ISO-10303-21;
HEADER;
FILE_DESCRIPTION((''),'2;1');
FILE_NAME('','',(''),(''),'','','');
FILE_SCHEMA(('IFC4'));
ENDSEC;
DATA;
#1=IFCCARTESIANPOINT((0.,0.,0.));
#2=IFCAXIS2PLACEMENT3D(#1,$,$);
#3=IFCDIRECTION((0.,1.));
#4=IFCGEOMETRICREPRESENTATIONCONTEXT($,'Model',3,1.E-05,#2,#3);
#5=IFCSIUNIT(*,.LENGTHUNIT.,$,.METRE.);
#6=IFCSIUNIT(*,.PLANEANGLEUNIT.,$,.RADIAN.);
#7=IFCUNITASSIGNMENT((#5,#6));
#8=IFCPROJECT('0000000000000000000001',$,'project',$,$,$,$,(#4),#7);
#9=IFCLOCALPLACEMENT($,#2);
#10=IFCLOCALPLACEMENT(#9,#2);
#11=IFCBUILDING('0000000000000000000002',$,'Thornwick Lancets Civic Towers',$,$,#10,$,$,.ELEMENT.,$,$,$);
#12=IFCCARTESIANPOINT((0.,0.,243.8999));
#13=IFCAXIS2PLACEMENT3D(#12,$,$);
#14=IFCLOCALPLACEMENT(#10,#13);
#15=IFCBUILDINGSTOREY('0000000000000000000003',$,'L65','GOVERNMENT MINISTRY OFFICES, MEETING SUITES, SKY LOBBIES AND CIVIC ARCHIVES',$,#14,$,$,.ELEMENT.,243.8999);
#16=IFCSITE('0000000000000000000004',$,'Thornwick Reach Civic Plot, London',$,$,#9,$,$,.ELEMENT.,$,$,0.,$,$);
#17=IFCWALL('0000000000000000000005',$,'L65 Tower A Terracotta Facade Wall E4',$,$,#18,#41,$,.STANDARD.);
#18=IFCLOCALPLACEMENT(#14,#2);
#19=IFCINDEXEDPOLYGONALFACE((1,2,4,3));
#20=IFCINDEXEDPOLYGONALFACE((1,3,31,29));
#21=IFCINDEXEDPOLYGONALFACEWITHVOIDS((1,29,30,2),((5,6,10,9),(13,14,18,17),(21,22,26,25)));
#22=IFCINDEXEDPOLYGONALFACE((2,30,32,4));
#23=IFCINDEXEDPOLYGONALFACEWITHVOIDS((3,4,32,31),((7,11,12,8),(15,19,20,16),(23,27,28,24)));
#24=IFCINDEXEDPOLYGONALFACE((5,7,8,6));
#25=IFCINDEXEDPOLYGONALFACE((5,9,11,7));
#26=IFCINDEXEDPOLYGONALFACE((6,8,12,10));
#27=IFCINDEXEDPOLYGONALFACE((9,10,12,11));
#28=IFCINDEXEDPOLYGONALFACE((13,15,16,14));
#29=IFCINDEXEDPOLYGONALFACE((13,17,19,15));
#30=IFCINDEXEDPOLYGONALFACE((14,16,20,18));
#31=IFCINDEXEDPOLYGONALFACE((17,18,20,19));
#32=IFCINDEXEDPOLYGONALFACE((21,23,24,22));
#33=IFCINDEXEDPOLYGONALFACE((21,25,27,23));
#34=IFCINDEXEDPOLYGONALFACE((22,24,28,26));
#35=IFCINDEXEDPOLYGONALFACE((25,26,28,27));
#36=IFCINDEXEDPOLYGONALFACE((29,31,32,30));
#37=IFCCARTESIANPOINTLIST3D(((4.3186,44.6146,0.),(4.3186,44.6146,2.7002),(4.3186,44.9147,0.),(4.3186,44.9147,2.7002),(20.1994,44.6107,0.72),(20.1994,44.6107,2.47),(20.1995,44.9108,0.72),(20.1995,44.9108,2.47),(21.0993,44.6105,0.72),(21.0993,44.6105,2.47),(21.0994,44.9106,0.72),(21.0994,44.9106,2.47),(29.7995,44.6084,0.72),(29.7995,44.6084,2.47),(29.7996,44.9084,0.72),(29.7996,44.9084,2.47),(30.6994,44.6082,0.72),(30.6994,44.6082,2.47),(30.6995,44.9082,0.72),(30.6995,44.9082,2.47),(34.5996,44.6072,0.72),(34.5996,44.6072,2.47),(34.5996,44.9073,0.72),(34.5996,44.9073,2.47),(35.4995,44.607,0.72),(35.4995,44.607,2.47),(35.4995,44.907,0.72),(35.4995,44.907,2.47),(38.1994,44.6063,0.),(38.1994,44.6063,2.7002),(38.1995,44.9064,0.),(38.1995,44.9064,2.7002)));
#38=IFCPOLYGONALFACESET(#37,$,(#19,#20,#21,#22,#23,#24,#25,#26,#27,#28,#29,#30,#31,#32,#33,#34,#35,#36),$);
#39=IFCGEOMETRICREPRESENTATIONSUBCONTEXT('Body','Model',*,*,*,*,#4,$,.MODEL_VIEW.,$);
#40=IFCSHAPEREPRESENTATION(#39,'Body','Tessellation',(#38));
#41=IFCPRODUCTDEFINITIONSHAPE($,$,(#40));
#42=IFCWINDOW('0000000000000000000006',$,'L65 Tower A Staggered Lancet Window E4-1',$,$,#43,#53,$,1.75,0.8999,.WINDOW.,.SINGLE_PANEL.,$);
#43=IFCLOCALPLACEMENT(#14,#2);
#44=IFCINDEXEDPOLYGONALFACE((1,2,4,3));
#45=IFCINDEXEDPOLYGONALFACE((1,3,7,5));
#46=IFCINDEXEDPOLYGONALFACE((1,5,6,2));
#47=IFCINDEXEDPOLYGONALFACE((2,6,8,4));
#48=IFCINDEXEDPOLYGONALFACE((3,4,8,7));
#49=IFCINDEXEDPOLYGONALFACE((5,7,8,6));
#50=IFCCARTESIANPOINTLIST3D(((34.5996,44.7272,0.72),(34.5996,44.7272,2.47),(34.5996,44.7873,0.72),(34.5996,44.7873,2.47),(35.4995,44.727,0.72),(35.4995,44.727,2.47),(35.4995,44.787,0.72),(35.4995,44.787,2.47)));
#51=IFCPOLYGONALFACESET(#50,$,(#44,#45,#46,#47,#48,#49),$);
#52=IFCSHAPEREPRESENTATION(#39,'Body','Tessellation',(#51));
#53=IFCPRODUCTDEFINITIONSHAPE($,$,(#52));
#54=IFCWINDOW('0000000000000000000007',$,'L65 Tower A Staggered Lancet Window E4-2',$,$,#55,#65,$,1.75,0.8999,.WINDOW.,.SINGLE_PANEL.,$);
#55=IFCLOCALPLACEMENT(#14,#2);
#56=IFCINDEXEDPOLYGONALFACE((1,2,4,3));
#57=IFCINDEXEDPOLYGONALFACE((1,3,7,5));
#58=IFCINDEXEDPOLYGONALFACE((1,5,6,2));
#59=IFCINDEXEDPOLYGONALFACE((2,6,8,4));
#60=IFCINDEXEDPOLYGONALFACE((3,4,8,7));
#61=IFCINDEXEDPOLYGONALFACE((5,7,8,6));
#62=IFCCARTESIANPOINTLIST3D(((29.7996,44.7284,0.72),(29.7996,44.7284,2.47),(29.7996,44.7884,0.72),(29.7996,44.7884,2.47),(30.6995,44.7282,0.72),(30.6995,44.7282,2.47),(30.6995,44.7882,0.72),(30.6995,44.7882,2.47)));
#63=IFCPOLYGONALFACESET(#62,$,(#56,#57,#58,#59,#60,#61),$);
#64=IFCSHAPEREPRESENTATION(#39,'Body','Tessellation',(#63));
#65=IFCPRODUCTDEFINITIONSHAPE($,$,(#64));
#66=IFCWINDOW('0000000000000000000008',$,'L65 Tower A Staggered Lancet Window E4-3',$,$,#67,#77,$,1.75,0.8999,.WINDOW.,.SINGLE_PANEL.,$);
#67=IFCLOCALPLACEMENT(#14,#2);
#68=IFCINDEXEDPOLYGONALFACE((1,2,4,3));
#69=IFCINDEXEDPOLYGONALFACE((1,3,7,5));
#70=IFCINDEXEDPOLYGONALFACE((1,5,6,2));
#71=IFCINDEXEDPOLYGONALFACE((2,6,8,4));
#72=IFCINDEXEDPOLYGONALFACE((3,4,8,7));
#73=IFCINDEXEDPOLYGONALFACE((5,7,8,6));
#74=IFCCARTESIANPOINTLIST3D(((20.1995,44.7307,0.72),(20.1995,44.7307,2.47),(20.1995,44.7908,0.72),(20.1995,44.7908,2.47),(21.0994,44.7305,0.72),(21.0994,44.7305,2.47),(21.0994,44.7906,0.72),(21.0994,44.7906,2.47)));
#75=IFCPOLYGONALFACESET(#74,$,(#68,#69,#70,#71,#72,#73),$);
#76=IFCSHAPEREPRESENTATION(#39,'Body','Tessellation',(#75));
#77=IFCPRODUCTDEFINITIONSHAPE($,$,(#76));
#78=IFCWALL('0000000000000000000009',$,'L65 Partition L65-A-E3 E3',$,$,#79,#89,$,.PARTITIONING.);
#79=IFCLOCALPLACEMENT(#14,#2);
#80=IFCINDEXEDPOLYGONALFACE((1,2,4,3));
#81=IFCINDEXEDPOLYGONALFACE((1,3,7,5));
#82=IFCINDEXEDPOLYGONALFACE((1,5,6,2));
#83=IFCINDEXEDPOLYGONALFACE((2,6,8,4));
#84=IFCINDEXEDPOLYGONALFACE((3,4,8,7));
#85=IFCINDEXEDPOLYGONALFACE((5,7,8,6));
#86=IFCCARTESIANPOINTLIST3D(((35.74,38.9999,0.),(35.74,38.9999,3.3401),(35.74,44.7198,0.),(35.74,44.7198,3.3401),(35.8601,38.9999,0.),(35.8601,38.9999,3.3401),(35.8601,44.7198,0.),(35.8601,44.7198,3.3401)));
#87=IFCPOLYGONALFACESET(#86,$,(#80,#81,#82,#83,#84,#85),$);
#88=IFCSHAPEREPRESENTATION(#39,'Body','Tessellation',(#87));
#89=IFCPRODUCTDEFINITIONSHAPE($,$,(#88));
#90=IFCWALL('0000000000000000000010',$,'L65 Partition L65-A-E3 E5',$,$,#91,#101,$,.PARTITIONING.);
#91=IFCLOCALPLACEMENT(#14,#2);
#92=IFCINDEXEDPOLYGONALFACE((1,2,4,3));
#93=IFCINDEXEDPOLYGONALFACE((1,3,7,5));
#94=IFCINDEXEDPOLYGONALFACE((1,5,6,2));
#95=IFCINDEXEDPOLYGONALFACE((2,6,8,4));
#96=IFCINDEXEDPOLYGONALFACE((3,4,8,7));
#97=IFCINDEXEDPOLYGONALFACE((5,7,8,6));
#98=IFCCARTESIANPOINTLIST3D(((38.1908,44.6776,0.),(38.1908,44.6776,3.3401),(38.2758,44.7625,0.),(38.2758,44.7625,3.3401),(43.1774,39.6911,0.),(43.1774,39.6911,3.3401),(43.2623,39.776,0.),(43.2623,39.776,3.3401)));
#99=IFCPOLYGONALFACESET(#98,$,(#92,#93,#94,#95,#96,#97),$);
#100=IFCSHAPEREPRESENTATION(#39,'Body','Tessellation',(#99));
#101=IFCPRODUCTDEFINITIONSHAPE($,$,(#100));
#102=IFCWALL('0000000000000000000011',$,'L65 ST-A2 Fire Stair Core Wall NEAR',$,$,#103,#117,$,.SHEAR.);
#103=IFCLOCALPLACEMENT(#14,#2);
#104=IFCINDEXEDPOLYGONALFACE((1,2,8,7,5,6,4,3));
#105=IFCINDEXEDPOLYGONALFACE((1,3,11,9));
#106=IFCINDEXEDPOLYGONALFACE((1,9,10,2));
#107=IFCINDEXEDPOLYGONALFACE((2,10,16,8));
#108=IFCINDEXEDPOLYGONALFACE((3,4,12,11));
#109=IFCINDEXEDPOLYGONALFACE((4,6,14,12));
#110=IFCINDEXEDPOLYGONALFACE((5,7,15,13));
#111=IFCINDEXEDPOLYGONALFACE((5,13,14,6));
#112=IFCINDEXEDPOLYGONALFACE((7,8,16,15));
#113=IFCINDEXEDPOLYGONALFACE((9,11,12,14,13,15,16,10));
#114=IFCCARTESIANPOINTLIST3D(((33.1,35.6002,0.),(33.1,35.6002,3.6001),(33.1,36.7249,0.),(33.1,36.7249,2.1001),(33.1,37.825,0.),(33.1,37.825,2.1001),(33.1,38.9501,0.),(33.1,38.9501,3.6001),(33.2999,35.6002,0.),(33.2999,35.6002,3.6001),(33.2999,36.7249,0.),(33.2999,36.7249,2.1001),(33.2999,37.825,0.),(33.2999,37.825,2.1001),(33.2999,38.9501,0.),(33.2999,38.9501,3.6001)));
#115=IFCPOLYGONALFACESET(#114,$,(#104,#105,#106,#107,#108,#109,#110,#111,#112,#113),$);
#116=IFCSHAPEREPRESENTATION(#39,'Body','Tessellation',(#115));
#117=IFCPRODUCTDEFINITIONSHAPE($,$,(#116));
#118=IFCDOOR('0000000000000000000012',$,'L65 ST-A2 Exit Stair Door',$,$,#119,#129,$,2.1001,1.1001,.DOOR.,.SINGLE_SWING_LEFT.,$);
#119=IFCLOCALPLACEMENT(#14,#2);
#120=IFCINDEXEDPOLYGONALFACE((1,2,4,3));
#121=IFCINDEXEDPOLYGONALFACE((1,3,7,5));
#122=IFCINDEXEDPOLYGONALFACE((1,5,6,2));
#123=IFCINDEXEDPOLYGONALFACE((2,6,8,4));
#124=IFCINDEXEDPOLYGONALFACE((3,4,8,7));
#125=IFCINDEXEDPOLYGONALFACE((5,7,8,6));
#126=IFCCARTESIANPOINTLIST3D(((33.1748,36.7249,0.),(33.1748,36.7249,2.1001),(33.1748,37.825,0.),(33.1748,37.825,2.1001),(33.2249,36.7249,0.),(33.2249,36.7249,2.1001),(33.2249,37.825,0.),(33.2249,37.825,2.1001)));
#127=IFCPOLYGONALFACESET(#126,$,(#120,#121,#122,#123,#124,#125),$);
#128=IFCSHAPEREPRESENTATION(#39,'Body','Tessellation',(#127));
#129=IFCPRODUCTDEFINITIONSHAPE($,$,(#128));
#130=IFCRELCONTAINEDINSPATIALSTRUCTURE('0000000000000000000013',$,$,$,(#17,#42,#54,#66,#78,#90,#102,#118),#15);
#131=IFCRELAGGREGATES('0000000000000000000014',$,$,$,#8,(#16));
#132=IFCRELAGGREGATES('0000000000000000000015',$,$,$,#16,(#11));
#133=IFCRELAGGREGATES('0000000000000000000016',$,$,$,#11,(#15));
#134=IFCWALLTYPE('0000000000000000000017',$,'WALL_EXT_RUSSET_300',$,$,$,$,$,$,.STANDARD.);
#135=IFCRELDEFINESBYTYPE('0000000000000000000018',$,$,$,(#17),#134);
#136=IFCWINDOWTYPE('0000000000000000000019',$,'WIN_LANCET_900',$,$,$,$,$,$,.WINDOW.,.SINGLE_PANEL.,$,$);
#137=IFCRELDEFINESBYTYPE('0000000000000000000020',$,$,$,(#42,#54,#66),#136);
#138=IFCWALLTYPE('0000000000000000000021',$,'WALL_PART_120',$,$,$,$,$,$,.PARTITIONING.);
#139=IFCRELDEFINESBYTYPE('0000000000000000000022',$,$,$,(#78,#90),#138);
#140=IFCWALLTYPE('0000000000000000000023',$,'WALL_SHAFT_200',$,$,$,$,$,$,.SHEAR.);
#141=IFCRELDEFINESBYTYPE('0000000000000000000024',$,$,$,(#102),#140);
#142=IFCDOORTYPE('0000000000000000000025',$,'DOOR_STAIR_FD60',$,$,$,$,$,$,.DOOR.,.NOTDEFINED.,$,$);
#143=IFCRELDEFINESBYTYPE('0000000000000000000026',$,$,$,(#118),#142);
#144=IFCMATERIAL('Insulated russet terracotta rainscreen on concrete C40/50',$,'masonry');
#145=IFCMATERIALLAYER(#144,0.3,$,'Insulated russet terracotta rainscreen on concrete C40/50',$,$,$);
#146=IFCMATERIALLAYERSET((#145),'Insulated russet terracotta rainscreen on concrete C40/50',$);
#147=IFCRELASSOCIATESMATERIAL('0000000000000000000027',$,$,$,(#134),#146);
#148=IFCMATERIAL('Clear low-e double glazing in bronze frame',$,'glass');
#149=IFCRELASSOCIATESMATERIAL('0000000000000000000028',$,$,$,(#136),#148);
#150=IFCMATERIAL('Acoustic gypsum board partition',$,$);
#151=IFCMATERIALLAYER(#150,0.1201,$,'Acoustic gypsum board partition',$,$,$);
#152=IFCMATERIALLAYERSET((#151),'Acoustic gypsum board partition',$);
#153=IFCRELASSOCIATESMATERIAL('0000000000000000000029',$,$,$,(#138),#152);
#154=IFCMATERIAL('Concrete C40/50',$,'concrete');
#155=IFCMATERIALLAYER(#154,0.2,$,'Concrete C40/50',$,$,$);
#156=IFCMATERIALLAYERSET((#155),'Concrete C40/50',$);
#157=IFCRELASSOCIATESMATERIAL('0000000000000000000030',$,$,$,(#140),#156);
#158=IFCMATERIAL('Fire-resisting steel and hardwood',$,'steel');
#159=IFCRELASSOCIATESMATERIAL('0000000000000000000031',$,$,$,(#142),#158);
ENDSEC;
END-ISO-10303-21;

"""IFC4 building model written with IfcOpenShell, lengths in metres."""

from ifc_helpers import new_model, si_unit, direction, frame, frame_2d, origin, place, context, subcontext, project, spatial, rectangle, extrude, material, layer, layer_set, type_object, element, fill, save


model = new_model("IFC4")

# Units and contexts
model_context = context("Model", 3, precision=1e-05, world=origin(), true_north=direction((0.0, 1.0)))
body_context = subcontext(model_context, "Body", "Model", "MODEL_VIEW")
ifc_project = project(units=[si_unit("LENGTHUNIT", "METRE"), si_unit("PLANEANGLEUNIT", "RADIAN")], contexts=[model_context])

# Site, building, storey
site_placement = place(None, origin())
site = spatial("IfcSite", under=ifc_project, at=site_placement, Name="Thornwick Reach Civic Plot, London", CompositionType="ELEMENT", RefElevation=0.0)
building_placement = place(site_placement, origin())
building = spatial("IfcBuilding", under=site, at=building_placement, Name="Thornwick Lancets Civic Towers", CompositionType="ELEMENT")
storey_placement = place(building_placement, frame((0.0, 0.0, 243.8999)))
storey = spatial("IfcBuildingStorey", under=building, at=storey_placement, Name="L65", Description="GOVERNMENT MINISTRY OFFICES, MEETING SUITES, SKY LOBBIES AND CIVIC ARCHIVES", CompositionType="ELEMENT", Elevation=243.8999)

# Wall, openings, windows
ifc_material_1 = material(Name="Insulated russet terracotta rainscreen on concrete C40/50", Category="masonry")
ifc_layer_1 = layer(ifc_material_1, 0.3, Name="Insulated russet terracotta rainscreen on concrete C40/50")
ifc_layer_set_1 = layer_set([ifc_layer_1], Name="Insulated russet terracotta rainscreen on concrete C40/50")
wall_type_1 = type_object("IfcWallType", Name="WALL_EXT_RUSSET_300", PredefinedType="STANDARD", material=ifc_layer_set_1)
wall_1_placement = place(storey_placement, frame((38.1995, 44.7563, 0.0), z_axis=(0.0, 0.0, 1.0), x_axis=(-1.0, 0.000245, 0.0)))
wall_1 = element("IfcWall", 1, at=wall_1_placement, inside=storey, type_object=wall_type_1, Name="L65 Tower A Terracotta Facade Wall E4", PredefinedType="STANDARD", context=body_context, shape_type="SweptSolid", body=[
    extrude(rectangle(XDim=33.8809, YDim=0.3, at=frame_2d((16.9404, 0.0))), origin(), (0.0, 0.0, 1.0), 2.7002),
])
opening_1_placement = place(wall_1_placement, frame((2.7, 0.0, 0.72)))
opening_1 = element("IfcOpeningElement", 2, at=opening_1_placement, cuts=wall_1, PredefinedType="OPENING", context=body_context, shape_type="SweptSolid", body=[
    extrude(rectangle(XDim=0.8999, YDim=1.75, at=frame_2d((0.45, 0.875))), frame((0.0, 0.1602, 0.0), z_axis=(0.0, -1.0, 0.0), x_axis=(1.0, 0.0, 0.0)), (0.0, 0.0, 1.0), 0.3201),
])
opening_2_placement = place(wall_1_placement, frame((7.5, 0.0, 0.72)))
opening_2 = element("IfcOpeningElement", 3, at=opening_2_placement, cuts=wall_1, PredefinedType="OPENING", context=body_context, shape_type="SweptSolid", body=[
    extrude(rectangle(XDim=0.8999, YDim=1.75, at=frame_2d((0.45, 0.875))), frame((0.0, 0.1602, 0.0), z_axis=(0.0, -1.0, 0.0), x_axis=(1.0, 0.0, 0.0)), (0.0, 0.0, 1.0), 0.3201),
])
opening_3_placement = place(wall_1_placement, frame((17.1001, 0.0, 0.72)))
opening_3 = element("IfcOpeningElement", 4, at=opening_3_placement, cuts=wall_1, PredefinedType="OPENING", context=body_context, shape_type="SweptSolid", body=[
    extrude(rectangle(XDim=0.8999, YDim=1.75, at=frame_2d((0.45, 0.875))), frame((0.0, 0.1602, 0.0), z_axis=(0.0, -1.0, 0.0), x_axis=(1.0, 0.0, 0.0)), (0.0, 0.0, 1.0), 0.3201),
])
ifc_material_2 = material(Name="Clear low-e double glazing in bronze frame", Category="glass")
window_type = type_object("IfcWindowType", Name="WIN_LANCET_900", PartitioningType="SINGLE_PANEL", PredefinedType="WINDOW", material=ifc_material_2)
window_1_placement = place(opening_1_placement, origin())
window_1 = element("IfcWindow", 5, at=window_1_placement, inside=storey, type_object=window_type, Name="L65 Tower A Staggered Lancet Window E4-1", OverallHeight=1.75, OverallWidth=0.8999, PartitioningType="SINGLE_PANEL", PredefinedType="WINDOW", context=body_context, shape_type="SweptSolid", body=[
    extrude(rectangle(XDim=0.8999, YDim=1.75, at=frame_2d((0.45, 0.875))), frame((0.0, 0.03, 0.0), z_axis=(0.0, -1.0, 0.0), x_axis=(1.0, 0.0, 0.0)), (0.0, 0.0, 1.0), 0.0601),
])
fill(opening_1, window_1)
window_2_placement = place(opening_2_placement, origin())
window_2 = element("IfcWindow", 6, at=window_2_placement, inside=storey, type_object=window_type, Name="L65 Tower A Staggered Lancet Window E4-2", OverallHeight=1.75, OverallWidth=0.8999, PartitioningType="SINGLE_PANEL", PredefinedType="WINDOW", context=body_context, shape_type="SweptSolid", body=[
    extrude(rectangle(XDim=0.8999, YDim=1.75, at=frame_2d((0.45, 0.875))), frame((0.0, 0.03, 0.0), z_axis=(0.0, -1.0, 0.0), x_axis=(1.0, 0.0, 0.0)), (0.0, 0.0, 1.0), 0.0601),
])
fill(opening_2, window_2)
window_3_placement = place(opening_3_placement, origin())
window_3 = element("IfcWindow", 7, at=window_3_placement, inside=storey, type_object=window_type, Name="L65 Tower A Staggered Lancet Window E4-3", OverallHeight=1.75, OverallWidth=0.8999, PartitioningType="SINGLE_PANEL", PredefinedType="WINDOW", context=body_context, shape_type="SweptSolid", body=[
    extrude(rectangle(XDim=0.8999, YDim=1.75, at=frame_2d((0.45, 0.875))), frame((0.0, 0.03, 0.0), z_axis=(0.0, -1.0, 0.0), x_axis=(1.0, 0.0, 0.0)), (0.0, 0.0, 1.0), 0.0601),
])
fill(opening_3, window_3)

# Walls
ifc_material_3 = material(Name="Acoustic gypsum board partition")
ifc_layer_2 = layer(ifc_material_3, 0.1201, Name="Acoustic gypsum board partition")
ifc_layer_set_2 = layer_set([ifc_layer_2], Name="Acoustic gypsum board partition")
wall_type_2 = type_object("IfcWallType", Name="WALL_PART_120", PredefinedType="PARTITIONING", material=ifc_layer_set_2)
wall_2_placement = place(storey_placement, frame((35.8, 39.0, 0.0), z_axis=(0.0, 0.0, 1.0), x_axis=(0.0, 1.0, 0.0)))
element("IfcWall", 8, at=wall_2_placement, inside=storey, type_object=wall_type_2, Name="L65 Partition L65-A-E3 E3", PredefinedType="PARTITIONING", context=body_context, shape_type="SweptSolid", body=[
    extrude(rectangle(XDim=5.72, YDim=0.1201, at=frame_2d((2.8599, 0.0))), origin(), (0.0, 0.0, 1.0), 3.3401),
])
wall_3_placement = place(storey_placement, frame((38.2334, 44.72, 0.0), z_axis=(0.0, 0.0, 1.0), x_axis=(0.707107, -0.707107, 0.0)))
element("IfcWall", 9, at=wall_3_placement, inside=storey, type_object=wall_type_2, Name="L65 Partition L65-A-E3 E5", PredefinedType="PARTITIONING", context=body_context, shape_type="SweptSolid", body=[
    extrude(rectangle(XDim=7.052, YDim=0.1201, at=frame_2d((3.5259, 0.0))), origin(), (0.0, 0.0, 1.0), 3.3401),
])

# Wall, opening, door
ifc_material_4 = material(Name="Concrete C40/50", Category="concrete")
ifc_layer_3 = layer(ifc_material_4, 0.2, Name="Concrete C40/50")
ifc_layer_set_3 = layer_set([ifc_layer_3], Name="Concrete C40/50")
wall_type_3 = type_object("IfcWallType", Name="WALL_SHAFT_200", PredefinedType="SHEAR", material=ifc_layer_set_3)
wall_4_placement = place(storey_placement, frame((33.2, 38.95, 0.0), z_axis=(0.0, 0.0, 1.0), x_axis=(0.0, -1.0, 0.0)))
wall_4 = element("IfcWall", 10, at=wall_4_placement, inside=storey, type_object=wall_type_3, Name="L65 ST-A2 Fire Stair Core Wall NEAR", PredefinedType="SHEAR", context=body_context, shape_type="SweptSolid", body=[
    extrude(rectangle(XDim=3.3499, YDim=0.2, at=frame_2d((1.6748, 0.0))), origin(), (0.0, 0.0, 1.0), 3.6001),
])
opening_4_placement = place(wall_4_placement, frame((1.125, 0.0, 0.0)))
opening_4 = element("IfcOpeningElement", 11, at=opening_4_placement, cuts=wall_4, PredefinedType="OPENING", context=body_context, shape_type="SweptSolid", body=[
    extrude(rectangle(XDim=1.1001, YDim=2.1001, at=frame_2d((0.55, 1.05))), frame((0.0, 0.1099, 0.0), z_axis=(0.0, -1.0, 0.0), x_axis=(1.0, 0.0, 0.0)), (0.0, 0.0, 1.0), 0.22),
])
ifc_material_5 = material(Name="Fire-resisting steel and hardwood", Category="steel")
door_type = type_object("IfcDoorType", Name="DOOR_STAIR_FD60", OperationType="NOTDEFINED", PredefinedType="DOOR", material=ifc_material_5)
door_placement = place(opening_4_placement, origin())
door = element("IfcDoor", 12, at=door_placement, inside=storey, type_object=door_type, Name="L65 ST-A2 Exit Stair Door", OperationType="SINGLE_SWING_LEFT", OverallHeight=2.1001, OverallWidth=1.1001, PredefinedType="DOOR", context=body_context, shape_type="SweptSolid", body=[
    extrude(rectangle(XDim=1.1001, YDim=2.1001, at=frame_2d((0.55, 1.05))), frame((0.0, 0.0249, 0.0), z_axis=(0.0, -1.0, 0.0), x_axis=(1.0, 0.0, 0.0)), (0.0, 0.0, 1.0), 0.05),
])
fill(opening_4, door)

save(model, "model.ifc")
